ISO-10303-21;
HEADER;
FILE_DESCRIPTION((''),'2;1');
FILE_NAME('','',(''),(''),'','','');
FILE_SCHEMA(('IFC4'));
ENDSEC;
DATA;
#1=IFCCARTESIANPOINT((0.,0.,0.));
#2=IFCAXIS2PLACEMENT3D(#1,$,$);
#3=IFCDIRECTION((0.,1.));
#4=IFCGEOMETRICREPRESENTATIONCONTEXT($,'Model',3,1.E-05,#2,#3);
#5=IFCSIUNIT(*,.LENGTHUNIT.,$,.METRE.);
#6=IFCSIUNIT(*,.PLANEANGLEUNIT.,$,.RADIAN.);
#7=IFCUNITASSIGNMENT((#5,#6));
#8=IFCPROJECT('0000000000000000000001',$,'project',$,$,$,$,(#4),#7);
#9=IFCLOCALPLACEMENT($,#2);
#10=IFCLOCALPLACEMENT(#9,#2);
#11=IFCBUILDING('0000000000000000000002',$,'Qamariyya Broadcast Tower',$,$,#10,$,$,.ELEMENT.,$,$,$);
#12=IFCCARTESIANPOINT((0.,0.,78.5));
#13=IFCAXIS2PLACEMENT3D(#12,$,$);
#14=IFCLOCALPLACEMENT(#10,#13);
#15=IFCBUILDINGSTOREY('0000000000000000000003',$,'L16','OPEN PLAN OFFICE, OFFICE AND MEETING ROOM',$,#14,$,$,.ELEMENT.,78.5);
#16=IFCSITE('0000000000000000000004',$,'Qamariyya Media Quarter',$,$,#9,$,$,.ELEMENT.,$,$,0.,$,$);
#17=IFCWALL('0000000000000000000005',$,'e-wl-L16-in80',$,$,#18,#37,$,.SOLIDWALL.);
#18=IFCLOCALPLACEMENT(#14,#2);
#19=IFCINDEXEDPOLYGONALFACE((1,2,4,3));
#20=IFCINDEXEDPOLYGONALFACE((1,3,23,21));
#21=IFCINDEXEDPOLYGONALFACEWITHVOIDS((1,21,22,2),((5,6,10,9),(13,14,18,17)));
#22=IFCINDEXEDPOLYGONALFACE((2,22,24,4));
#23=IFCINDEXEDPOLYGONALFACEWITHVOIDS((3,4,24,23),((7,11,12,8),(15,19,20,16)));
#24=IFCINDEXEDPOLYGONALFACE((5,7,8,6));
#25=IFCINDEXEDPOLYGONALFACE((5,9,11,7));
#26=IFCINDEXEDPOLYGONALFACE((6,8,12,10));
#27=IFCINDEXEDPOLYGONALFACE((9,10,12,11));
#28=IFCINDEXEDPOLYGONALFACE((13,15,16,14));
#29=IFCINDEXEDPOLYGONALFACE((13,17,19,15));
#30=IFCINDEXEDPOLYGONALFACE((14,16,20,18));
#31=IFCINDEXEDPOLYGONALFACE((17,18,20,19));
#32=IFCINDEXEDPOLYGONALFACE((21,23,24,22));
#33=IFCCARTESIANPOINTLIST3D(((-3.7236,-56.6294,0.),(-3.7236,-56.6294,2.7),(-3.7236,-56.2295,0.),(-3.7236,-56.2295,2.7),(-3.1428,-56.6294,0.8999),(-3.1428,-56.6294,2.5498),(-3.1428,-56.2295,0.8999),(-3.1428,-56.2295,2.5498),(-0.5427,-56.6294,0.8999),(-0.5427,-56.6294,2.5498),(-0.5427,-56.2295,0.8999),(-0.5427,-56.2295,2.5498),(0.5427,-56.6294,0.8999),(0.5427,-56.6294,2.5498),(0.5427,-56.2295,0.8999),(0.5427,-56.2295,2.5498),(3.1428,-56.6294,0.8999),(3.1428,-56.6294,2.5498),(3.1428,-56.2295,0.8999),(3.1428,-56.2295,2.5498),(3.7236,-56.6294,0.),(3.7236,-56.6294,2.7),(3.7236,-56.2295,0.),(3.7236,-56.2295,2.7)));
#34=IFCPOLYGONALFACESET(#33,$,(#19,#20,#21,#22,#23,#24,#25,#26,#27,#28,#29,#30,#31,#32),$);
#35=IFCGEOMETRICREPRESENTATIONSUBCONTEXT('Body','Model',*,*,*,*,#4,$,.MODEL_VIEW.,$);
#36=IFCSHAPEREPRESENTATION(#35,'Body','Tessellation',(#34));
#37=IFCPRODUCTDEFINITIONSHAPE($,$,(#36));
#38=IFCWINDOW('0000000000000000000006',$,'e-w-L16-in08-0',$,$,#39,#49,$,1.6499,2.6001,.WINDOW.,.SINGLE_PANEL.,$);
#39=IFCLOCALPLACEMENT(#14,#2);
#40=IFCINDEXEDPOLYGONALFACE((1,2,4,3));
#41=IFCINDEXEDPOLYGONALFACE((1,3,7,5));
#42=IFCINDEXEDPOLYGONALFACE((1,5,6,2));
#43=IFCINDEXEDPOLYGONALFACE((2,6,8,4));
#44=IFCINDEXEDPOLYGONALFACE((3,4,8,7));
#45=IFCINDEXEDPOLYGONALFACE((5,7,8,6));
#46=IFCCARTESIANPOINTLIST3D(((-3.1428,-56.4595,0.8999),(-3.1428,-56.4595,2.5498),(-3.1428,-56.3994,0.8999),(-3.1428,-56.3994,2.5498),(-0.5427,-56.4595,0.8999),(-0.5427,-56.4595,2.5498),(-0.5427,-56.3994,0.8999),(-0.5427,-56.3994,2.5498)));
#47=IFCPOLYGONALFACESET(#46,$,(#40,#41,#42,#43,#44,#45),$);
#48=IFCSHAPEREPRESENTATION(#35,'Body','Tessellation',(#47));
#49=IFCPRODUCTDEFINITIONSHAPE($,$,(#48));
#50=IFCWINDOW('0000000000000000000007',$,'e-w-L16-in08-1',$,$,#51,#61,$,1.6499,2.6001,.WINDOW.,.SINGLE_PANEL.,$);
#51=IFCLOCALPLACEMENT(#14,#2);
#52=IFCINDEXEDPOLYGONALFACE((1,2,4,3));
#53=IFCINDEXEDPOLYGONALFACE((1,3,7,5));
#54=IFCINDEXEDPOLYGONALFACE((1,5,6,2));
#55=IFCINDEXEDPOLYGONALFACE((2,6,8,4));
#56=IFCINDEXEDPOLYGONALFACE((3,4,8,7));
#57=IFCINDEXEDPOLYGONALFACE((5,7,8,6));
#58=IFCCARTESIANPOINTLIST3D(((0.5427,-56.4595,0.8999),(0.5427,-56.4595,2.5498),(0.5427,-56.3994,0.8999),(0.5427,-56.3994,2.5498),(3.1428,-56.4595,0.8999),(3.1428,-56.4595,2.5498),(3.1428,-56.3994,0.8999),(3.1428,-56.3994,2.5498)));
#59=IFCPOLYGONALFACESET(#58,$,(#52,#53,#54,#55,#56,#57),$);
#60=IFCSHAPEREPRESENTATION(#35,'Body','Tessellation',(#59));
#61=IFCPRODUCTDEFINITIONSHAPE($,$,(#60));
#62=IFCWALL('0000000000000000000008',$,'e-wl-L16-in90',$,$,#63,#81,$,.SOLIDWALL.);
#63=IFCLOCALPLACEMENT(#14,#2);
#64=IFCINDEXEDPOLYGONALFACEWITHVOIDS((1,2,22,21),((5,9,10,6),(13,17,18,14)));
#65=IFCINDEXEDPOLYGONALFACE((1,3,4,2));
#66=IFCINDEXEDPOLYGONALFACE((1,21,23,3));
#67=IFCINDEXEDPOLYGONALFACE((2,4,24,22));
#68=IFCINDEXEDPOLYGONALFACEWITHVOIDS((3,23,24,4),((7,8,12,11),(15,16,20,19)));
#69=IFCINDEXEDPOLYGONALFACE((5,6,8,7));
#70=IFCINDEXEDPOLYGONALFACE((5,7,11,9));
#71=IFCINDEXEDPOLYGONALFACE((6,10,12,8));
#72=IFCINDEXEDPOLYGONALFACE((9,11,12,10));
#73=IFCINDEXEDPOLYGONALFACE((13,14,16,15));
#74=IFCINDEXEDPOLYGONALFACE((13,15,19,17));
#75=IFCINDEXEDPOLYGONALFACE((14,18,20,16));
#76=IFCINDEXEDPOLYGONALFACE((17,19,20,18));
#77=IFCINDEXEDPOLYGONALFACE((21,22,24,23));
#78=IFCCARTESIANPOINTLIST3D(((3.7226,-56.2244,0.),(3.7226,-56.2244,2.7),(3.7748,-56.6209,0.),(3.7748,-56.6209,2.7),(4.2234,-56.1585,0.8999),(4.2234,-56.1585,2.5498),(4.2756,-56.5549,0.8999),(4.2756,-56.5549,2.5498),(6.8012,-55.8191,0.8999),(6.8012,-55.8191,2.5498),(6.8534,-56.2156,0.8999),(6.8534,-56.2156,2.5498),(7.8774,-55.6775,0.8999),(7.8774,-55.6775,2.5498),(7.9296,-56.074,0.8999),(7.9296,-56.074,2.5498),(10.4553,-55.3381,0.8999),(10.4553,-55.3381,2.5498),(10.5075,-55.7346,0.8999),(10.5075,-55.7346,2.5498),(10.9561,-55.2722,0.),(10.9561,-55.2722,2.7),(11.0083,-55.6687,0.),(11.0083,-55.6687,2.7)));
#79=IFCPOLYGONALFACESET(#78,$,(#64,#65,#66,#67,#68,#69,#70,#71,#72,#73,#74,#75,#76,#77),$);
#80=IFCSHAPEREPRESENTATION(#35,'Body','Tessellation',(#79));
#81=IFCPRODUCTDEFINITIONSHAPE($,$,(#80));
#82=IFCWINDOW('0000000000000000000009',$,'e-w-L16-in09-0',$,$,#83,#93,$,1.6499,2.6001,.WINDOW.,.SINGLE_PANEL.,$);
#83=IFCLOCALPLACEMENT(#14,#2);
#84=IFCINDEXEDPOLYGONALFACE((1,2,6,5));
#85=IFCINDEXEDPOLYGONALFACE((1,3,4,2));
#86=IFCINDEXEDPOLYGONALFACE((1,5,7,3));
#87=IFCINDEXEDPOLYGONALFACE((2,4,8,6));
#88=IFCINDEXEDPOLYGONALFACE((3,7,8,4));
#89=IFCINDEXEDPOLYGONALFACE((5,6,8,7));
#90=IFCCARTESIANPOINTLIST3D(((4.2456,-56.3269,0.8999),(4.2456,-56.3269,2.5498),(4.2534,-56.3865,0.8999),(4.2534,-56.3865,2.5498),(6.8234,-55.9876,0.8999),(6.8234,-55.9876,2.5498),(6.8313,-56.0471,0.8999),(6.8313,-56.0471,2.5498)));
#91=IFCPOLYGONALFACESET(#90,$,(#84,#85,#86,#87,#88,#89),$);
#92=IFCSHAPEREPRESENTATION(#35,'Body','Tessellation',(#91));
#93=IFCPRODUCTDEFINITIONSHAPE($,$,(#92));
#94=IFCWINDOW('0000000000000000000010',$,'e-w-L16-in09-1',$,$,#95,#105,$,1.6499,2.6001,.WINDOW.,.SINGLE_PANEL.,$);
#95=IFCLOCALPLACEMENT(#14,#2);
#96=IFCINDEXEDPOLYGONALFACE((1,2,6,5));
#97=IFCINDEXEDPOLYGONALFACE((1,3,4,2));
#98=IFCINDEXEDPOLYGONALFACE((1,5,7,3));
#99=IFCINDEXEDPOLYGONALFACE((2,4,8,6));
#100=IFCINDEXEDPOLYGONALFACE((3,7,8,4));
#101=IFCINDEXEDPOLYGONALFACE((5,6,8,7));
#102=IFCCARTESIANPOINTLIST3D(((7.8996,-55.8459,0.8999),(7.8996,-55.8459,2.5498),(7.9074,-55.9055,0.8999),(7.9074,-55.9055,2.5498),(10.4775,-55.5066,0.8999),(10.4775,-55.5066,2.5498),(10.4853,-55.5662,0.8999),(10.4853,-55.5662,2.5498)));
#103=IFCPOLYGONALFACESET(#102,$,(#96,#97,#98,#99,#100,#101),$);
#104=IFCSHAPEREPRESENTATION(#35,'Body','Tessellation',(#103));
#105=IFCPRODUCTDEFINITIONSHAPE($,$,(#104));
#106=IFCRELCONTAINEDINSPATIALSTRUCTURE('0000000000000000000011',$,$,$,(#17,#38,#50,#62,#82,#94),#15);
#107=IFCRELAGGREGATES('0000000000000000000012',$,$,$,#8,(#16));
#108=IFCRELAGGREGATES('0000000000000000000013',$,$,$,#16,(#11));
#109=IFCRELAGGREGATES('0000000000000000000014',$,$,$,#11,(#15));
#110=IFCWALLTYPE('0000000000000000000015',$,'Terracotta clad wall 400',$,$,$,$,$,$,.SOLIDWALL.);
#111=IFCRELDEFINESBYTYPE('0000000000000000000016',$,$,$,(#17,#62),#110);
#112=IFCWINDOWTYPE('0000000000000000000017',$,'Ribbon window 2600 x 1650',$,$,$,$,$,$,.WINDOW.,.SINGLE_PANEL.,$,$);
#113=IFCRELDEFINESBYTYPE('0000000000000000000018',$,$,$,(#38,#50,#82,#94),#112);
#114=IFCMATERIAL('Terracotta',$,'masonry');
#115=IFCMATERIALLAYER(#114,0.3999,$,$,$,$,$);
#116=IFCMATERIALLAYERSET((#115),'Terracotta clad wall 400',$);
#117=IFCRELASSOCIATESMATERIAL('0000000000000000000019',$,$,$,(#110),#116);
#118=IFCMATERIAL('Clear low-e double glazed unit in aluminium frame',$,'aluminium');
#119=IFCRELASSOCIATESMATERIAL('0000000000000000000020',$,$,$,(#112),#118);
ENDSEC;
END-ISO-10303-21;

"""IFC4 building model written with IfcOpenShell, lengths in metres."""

from ifc_helpers import new_model, si_unit, direction, frame, frame_2d, origin, place, context, subcontext, project, spatial, rectangle, extrude, material, layer, layer_set, type_object, element, fill, save


model = new_model("IFC4")

# Units and contexts
model_context = context("Model", 3, precision=1e-05, world=origin(), true_north=direction((0.0, 1.0)))
body_context = subcontext(model_context, "Body", "Model", "MODEL_VIEW")
ifc_project = project(units=[si_unit("LENGTHUNIT", "METRE"), si_unit("PLANEANGLEUNIT", "RADIAN")], contexts=[model_context])

# Site, building, storey
site_placement = place(None, origin())
site = spatial("IfcSite", under=ifc_project, at=site_placement, Name="Qamariyya Media Quarter", CompositionType="ELEMENT", RefElevation=0.0)
building_placement = place(site_placement, origin())
building = spatial("IfcBuilding", under=site, at=building_placement, Name="Qamariyya Broadcast Tower", CompositionType="ELEMENT")
storey_placement = place(building_placement, frame((0.0, 0.0, 78.5)))
storey = spatial("IfcBuildingStorey", under=building, at=storey_placement, Name="L16", Description="OPEN PLAN OFFICE, OFFICE AND MEETING ROOM", CompositionType="ELEMENT", Elevation=78.5)

# Walls, openings, windows
ifc_material_1 = material(Name="Terracotta", Category="masonry")
ifc_layer_1 = layer(ifc_material_1, 0.3999)
ifc_layer_set_1 = layer_set([ifc_layer_1], Name="Terracotta clad wall 400")
wall_type_1 = type_object("IfcWallType", Name="Terracotta clad wall 400", PredefinedType="SOLIDWALL", material=ifc_layer_set_1)
ifc_material_2 = material(Name="Clear low-e double glazed unit in aluminium frame", Category="aluminium")
window_type = type_object("IfcWindowType", Name="Ribbon window 2600 x 1650", PartitioningType="SINGLE_PANEL", PredefinedType="WINDOW", material=ifc_material_2)
wall_1_placement = place(storey_placement, frame((3.7236, -56.4294, 0.0), z_axis=(0.0, 0.0, 1.0), x_axis=(-1.0, 0.0, 0.0)))
wall_1 = element("IfcWall", 1, at=wall_1_placement, inside=storey, type_object=wall_type_1, Name="e-wl-L16-in80", PredefinedType="SOLIDWALL", context=body_context, shape_type="SweptSolid", body=[
    extrude(rectangle(XDim=7.4473, YDim=0.3999, at=frame_2d((3.7236, 0.0))), origin(), (0.0, 0.0, 1.0), 2.7),
])
opening_1_placement = place(wall_1_placement, frame((4.2664, 0.0, 0.8999)))
opening_1 = element("IfcOpeningElement", 2, at=opening_1_placement, cuts=wall_1, PredefinedType="OPENING", context=body_context, shape_type="SweptSolid", body=[
    extrude(rectangle(XDim=2.6001, YDim=1.6499, at=frame_2d((1.3, 0.825))), frame((0.0, 0.21, 0.0), z_axis=(0.0, -1.0, 0.0), x_axis=(1.0, 0.0, 0.0)), (0.0, 0.0, 1.0), 0.4199),
])
opening_2_placement = place(wall_1_placement, frame((0.5808, 0.0, 0.8999)))
opening_2 = element("IfcOpeningElement", 3, at=opening_2_placement, cuts=wall_1, PredefinedType="OPENING", context=body_context, shape_type="SweptSolid", body=[
    extrude(rectangle(XDim=2.6001, YDim=1.6499, at=frame_2d((1.3, 0.825))), frame((0.0, 0.21, 0.0), z_axis=(0.0, -1.0, 0.0), x_axis=(1.0, 0.0, 0.0)), (0.0, 0.0, 1.0), 0.4199),
])
window_1_placement = place(opening_1_placement, origin())
window_1 = element("IfcWindow", 4, at=window_1_placement, inside=storey, type_object=window_type, Name="e-w-L16-in08-0", OverallHeight=1.6499, OverallWidth=2.6001, PartitioningType="SINGLE_PANEL", PredefinedType="WINDOW", context=body_context, shape_type="SweptSolid", body=[
    extrude(rectangle(XDim=2.6001, YDim=1.6499, at=frame_2d((1.3, 0.825))), frame((0.0, 0.03, 0.0), z_axis=(0.0, -1.0, 0.0), x_axis=(1.0, 0.0, 0.0)), (0.0, 0.0, 1.0), 0.0601),
])
fill(opening_1, window_1)
window_2_placement = place(opening_2_placement, origin())
window_2 = element("IfcWindow", 5, at=window_2_placement, inside=storey, type_object=window_type, Name="e-w-L16-in08-1", OverallHeight=1.6499, OverallWidth=2.6001, PartitioningType="SINGLE_PANEL", PredefinedType="WINDOW", context=body_context, shape_type="SweptSolid", body=[
    extrude(rectangle(XDim=2.6001, YDim=1.6499, at=frame_2d((1.3, 0.825))), frame((0.0, 0.03, 0.0), z_axis=(0.0, -1.0, 0.0), x_axis=(1.0, 0.0, 0.0)), (0.0, 0.0, 1.0), 0.0601),
])
fill(opening_2, window_2)
wall_2_placement = place(storey_placement, frame((10.9822, -55.4705, 0.0), z_axis=(0.0, 0.0, 1.0), x_axis=(-0.991447, -0.130506, 0.0)))
wall_2 = element("IfcWall", 6, at=wall_2_placement, inside=storey, type_object=wall_type_1, Name="e-wl-L16-in90", PredefinedType="SOLIDWALL", context=body_context, shape_type="SweptSolid", body=[
    extrude(rectangle(XDim=7.2959, YDim=0.3999, at=frame_2d((3.6479, 0.0))), origin(), (0.0, 0.0, 1.0), 2.7),
])
opening_3_placement = place(wall_2_placement, frame((4.1907, 0.0, 0.8999)))
opening_3 = element("IfcOpeningElement", 7, at=opening_3_placement, cuts=wall_2, PredefinedType="OPENING", context=body_context, shape_type="SweptSolid", body=[
    extrude(rectangle(XDim=2.6001, YDim=1.6499, at=frame_2d((1.3, 0.825))), frame((0.0, 0.21, 0.0), z_axis=(0.0, -1.0, 0.0), x_axis=(1.0, 0.0, 0.0)), (0.0, 0.0, 1.0), 0.4199),
])
opening_4_placement = place(wall_2_placement, frame((0.5051, 0.0, 0.8999)))
opening_4 = element("IfcOpeningElement", 8, at=opening_4_placement, cuts=wall_2, PredefinedType="OPENING", context=body_context, shape_type="SweptSolid", body=[
    extrude(rectangle(XDim=2.6001, YDim=1.6499, at=frame_2d((1.3, 0.825))), frame((0.0, 0.21, 0.0), z_axis=(0.0, -1.0, 0.0), x_axis=(1.0, 0.0, 0.0)), (0.0, 0.0, 1.0), 0.4199),
])
window_3_placement = place(opening_3_placement, origin())
window_3 = element("IfcWindow", 9, at=window_3_placement, inside=storey, type_object=window_type, Name="e-w-L16-in09-0", OverallHeight=1.6499, OverallWidth=2.6001, PartitioningType="SINGLE_PANEL", PredefinedType="WINDOW", context=body_context, shape_type="SweptSolid", body=[
    extrude(rectangle(XDim=2.6001, YDim=1.6499, at=frame_2d((1.3, 0.825))), frame((0.0, 0.03, 0.0), z_axis=(0.0, -1.0, 0.0), x_axis=(1.0, 0.0, 0.0)), (0.0, 0.0, 1.0), 0.0601),
])
fill(opening_3, window_3)
window_4_placement = place(opening_4_placement, origin())
window_4 = element("IfcWindow", 10, at=window_4_placement, inside=storey, type_object=window_type, Name="e-w-L16-in09-1", OverallHeight=1.6499, OverallWidth=2.6001, PartitioningType="SINGLE_PANEL", PredefinedType="WINDOW", context=body_context, shape_type="SweptSolid", body=[
    extrude(rectangle(XDim=2.6001, YDim=1.6499, at=frame_2d((1.3, 0.825))), frame((0.0, 0.03, 0.0), z_axis=(0.0, -1.0, 0.0), x_axis=(1.0, 0.0, 0.0)), (0.0, 0.0, 1.0), 0.0601),
])
fill(opening_4, window_4)

save(model, "model.ifc")
